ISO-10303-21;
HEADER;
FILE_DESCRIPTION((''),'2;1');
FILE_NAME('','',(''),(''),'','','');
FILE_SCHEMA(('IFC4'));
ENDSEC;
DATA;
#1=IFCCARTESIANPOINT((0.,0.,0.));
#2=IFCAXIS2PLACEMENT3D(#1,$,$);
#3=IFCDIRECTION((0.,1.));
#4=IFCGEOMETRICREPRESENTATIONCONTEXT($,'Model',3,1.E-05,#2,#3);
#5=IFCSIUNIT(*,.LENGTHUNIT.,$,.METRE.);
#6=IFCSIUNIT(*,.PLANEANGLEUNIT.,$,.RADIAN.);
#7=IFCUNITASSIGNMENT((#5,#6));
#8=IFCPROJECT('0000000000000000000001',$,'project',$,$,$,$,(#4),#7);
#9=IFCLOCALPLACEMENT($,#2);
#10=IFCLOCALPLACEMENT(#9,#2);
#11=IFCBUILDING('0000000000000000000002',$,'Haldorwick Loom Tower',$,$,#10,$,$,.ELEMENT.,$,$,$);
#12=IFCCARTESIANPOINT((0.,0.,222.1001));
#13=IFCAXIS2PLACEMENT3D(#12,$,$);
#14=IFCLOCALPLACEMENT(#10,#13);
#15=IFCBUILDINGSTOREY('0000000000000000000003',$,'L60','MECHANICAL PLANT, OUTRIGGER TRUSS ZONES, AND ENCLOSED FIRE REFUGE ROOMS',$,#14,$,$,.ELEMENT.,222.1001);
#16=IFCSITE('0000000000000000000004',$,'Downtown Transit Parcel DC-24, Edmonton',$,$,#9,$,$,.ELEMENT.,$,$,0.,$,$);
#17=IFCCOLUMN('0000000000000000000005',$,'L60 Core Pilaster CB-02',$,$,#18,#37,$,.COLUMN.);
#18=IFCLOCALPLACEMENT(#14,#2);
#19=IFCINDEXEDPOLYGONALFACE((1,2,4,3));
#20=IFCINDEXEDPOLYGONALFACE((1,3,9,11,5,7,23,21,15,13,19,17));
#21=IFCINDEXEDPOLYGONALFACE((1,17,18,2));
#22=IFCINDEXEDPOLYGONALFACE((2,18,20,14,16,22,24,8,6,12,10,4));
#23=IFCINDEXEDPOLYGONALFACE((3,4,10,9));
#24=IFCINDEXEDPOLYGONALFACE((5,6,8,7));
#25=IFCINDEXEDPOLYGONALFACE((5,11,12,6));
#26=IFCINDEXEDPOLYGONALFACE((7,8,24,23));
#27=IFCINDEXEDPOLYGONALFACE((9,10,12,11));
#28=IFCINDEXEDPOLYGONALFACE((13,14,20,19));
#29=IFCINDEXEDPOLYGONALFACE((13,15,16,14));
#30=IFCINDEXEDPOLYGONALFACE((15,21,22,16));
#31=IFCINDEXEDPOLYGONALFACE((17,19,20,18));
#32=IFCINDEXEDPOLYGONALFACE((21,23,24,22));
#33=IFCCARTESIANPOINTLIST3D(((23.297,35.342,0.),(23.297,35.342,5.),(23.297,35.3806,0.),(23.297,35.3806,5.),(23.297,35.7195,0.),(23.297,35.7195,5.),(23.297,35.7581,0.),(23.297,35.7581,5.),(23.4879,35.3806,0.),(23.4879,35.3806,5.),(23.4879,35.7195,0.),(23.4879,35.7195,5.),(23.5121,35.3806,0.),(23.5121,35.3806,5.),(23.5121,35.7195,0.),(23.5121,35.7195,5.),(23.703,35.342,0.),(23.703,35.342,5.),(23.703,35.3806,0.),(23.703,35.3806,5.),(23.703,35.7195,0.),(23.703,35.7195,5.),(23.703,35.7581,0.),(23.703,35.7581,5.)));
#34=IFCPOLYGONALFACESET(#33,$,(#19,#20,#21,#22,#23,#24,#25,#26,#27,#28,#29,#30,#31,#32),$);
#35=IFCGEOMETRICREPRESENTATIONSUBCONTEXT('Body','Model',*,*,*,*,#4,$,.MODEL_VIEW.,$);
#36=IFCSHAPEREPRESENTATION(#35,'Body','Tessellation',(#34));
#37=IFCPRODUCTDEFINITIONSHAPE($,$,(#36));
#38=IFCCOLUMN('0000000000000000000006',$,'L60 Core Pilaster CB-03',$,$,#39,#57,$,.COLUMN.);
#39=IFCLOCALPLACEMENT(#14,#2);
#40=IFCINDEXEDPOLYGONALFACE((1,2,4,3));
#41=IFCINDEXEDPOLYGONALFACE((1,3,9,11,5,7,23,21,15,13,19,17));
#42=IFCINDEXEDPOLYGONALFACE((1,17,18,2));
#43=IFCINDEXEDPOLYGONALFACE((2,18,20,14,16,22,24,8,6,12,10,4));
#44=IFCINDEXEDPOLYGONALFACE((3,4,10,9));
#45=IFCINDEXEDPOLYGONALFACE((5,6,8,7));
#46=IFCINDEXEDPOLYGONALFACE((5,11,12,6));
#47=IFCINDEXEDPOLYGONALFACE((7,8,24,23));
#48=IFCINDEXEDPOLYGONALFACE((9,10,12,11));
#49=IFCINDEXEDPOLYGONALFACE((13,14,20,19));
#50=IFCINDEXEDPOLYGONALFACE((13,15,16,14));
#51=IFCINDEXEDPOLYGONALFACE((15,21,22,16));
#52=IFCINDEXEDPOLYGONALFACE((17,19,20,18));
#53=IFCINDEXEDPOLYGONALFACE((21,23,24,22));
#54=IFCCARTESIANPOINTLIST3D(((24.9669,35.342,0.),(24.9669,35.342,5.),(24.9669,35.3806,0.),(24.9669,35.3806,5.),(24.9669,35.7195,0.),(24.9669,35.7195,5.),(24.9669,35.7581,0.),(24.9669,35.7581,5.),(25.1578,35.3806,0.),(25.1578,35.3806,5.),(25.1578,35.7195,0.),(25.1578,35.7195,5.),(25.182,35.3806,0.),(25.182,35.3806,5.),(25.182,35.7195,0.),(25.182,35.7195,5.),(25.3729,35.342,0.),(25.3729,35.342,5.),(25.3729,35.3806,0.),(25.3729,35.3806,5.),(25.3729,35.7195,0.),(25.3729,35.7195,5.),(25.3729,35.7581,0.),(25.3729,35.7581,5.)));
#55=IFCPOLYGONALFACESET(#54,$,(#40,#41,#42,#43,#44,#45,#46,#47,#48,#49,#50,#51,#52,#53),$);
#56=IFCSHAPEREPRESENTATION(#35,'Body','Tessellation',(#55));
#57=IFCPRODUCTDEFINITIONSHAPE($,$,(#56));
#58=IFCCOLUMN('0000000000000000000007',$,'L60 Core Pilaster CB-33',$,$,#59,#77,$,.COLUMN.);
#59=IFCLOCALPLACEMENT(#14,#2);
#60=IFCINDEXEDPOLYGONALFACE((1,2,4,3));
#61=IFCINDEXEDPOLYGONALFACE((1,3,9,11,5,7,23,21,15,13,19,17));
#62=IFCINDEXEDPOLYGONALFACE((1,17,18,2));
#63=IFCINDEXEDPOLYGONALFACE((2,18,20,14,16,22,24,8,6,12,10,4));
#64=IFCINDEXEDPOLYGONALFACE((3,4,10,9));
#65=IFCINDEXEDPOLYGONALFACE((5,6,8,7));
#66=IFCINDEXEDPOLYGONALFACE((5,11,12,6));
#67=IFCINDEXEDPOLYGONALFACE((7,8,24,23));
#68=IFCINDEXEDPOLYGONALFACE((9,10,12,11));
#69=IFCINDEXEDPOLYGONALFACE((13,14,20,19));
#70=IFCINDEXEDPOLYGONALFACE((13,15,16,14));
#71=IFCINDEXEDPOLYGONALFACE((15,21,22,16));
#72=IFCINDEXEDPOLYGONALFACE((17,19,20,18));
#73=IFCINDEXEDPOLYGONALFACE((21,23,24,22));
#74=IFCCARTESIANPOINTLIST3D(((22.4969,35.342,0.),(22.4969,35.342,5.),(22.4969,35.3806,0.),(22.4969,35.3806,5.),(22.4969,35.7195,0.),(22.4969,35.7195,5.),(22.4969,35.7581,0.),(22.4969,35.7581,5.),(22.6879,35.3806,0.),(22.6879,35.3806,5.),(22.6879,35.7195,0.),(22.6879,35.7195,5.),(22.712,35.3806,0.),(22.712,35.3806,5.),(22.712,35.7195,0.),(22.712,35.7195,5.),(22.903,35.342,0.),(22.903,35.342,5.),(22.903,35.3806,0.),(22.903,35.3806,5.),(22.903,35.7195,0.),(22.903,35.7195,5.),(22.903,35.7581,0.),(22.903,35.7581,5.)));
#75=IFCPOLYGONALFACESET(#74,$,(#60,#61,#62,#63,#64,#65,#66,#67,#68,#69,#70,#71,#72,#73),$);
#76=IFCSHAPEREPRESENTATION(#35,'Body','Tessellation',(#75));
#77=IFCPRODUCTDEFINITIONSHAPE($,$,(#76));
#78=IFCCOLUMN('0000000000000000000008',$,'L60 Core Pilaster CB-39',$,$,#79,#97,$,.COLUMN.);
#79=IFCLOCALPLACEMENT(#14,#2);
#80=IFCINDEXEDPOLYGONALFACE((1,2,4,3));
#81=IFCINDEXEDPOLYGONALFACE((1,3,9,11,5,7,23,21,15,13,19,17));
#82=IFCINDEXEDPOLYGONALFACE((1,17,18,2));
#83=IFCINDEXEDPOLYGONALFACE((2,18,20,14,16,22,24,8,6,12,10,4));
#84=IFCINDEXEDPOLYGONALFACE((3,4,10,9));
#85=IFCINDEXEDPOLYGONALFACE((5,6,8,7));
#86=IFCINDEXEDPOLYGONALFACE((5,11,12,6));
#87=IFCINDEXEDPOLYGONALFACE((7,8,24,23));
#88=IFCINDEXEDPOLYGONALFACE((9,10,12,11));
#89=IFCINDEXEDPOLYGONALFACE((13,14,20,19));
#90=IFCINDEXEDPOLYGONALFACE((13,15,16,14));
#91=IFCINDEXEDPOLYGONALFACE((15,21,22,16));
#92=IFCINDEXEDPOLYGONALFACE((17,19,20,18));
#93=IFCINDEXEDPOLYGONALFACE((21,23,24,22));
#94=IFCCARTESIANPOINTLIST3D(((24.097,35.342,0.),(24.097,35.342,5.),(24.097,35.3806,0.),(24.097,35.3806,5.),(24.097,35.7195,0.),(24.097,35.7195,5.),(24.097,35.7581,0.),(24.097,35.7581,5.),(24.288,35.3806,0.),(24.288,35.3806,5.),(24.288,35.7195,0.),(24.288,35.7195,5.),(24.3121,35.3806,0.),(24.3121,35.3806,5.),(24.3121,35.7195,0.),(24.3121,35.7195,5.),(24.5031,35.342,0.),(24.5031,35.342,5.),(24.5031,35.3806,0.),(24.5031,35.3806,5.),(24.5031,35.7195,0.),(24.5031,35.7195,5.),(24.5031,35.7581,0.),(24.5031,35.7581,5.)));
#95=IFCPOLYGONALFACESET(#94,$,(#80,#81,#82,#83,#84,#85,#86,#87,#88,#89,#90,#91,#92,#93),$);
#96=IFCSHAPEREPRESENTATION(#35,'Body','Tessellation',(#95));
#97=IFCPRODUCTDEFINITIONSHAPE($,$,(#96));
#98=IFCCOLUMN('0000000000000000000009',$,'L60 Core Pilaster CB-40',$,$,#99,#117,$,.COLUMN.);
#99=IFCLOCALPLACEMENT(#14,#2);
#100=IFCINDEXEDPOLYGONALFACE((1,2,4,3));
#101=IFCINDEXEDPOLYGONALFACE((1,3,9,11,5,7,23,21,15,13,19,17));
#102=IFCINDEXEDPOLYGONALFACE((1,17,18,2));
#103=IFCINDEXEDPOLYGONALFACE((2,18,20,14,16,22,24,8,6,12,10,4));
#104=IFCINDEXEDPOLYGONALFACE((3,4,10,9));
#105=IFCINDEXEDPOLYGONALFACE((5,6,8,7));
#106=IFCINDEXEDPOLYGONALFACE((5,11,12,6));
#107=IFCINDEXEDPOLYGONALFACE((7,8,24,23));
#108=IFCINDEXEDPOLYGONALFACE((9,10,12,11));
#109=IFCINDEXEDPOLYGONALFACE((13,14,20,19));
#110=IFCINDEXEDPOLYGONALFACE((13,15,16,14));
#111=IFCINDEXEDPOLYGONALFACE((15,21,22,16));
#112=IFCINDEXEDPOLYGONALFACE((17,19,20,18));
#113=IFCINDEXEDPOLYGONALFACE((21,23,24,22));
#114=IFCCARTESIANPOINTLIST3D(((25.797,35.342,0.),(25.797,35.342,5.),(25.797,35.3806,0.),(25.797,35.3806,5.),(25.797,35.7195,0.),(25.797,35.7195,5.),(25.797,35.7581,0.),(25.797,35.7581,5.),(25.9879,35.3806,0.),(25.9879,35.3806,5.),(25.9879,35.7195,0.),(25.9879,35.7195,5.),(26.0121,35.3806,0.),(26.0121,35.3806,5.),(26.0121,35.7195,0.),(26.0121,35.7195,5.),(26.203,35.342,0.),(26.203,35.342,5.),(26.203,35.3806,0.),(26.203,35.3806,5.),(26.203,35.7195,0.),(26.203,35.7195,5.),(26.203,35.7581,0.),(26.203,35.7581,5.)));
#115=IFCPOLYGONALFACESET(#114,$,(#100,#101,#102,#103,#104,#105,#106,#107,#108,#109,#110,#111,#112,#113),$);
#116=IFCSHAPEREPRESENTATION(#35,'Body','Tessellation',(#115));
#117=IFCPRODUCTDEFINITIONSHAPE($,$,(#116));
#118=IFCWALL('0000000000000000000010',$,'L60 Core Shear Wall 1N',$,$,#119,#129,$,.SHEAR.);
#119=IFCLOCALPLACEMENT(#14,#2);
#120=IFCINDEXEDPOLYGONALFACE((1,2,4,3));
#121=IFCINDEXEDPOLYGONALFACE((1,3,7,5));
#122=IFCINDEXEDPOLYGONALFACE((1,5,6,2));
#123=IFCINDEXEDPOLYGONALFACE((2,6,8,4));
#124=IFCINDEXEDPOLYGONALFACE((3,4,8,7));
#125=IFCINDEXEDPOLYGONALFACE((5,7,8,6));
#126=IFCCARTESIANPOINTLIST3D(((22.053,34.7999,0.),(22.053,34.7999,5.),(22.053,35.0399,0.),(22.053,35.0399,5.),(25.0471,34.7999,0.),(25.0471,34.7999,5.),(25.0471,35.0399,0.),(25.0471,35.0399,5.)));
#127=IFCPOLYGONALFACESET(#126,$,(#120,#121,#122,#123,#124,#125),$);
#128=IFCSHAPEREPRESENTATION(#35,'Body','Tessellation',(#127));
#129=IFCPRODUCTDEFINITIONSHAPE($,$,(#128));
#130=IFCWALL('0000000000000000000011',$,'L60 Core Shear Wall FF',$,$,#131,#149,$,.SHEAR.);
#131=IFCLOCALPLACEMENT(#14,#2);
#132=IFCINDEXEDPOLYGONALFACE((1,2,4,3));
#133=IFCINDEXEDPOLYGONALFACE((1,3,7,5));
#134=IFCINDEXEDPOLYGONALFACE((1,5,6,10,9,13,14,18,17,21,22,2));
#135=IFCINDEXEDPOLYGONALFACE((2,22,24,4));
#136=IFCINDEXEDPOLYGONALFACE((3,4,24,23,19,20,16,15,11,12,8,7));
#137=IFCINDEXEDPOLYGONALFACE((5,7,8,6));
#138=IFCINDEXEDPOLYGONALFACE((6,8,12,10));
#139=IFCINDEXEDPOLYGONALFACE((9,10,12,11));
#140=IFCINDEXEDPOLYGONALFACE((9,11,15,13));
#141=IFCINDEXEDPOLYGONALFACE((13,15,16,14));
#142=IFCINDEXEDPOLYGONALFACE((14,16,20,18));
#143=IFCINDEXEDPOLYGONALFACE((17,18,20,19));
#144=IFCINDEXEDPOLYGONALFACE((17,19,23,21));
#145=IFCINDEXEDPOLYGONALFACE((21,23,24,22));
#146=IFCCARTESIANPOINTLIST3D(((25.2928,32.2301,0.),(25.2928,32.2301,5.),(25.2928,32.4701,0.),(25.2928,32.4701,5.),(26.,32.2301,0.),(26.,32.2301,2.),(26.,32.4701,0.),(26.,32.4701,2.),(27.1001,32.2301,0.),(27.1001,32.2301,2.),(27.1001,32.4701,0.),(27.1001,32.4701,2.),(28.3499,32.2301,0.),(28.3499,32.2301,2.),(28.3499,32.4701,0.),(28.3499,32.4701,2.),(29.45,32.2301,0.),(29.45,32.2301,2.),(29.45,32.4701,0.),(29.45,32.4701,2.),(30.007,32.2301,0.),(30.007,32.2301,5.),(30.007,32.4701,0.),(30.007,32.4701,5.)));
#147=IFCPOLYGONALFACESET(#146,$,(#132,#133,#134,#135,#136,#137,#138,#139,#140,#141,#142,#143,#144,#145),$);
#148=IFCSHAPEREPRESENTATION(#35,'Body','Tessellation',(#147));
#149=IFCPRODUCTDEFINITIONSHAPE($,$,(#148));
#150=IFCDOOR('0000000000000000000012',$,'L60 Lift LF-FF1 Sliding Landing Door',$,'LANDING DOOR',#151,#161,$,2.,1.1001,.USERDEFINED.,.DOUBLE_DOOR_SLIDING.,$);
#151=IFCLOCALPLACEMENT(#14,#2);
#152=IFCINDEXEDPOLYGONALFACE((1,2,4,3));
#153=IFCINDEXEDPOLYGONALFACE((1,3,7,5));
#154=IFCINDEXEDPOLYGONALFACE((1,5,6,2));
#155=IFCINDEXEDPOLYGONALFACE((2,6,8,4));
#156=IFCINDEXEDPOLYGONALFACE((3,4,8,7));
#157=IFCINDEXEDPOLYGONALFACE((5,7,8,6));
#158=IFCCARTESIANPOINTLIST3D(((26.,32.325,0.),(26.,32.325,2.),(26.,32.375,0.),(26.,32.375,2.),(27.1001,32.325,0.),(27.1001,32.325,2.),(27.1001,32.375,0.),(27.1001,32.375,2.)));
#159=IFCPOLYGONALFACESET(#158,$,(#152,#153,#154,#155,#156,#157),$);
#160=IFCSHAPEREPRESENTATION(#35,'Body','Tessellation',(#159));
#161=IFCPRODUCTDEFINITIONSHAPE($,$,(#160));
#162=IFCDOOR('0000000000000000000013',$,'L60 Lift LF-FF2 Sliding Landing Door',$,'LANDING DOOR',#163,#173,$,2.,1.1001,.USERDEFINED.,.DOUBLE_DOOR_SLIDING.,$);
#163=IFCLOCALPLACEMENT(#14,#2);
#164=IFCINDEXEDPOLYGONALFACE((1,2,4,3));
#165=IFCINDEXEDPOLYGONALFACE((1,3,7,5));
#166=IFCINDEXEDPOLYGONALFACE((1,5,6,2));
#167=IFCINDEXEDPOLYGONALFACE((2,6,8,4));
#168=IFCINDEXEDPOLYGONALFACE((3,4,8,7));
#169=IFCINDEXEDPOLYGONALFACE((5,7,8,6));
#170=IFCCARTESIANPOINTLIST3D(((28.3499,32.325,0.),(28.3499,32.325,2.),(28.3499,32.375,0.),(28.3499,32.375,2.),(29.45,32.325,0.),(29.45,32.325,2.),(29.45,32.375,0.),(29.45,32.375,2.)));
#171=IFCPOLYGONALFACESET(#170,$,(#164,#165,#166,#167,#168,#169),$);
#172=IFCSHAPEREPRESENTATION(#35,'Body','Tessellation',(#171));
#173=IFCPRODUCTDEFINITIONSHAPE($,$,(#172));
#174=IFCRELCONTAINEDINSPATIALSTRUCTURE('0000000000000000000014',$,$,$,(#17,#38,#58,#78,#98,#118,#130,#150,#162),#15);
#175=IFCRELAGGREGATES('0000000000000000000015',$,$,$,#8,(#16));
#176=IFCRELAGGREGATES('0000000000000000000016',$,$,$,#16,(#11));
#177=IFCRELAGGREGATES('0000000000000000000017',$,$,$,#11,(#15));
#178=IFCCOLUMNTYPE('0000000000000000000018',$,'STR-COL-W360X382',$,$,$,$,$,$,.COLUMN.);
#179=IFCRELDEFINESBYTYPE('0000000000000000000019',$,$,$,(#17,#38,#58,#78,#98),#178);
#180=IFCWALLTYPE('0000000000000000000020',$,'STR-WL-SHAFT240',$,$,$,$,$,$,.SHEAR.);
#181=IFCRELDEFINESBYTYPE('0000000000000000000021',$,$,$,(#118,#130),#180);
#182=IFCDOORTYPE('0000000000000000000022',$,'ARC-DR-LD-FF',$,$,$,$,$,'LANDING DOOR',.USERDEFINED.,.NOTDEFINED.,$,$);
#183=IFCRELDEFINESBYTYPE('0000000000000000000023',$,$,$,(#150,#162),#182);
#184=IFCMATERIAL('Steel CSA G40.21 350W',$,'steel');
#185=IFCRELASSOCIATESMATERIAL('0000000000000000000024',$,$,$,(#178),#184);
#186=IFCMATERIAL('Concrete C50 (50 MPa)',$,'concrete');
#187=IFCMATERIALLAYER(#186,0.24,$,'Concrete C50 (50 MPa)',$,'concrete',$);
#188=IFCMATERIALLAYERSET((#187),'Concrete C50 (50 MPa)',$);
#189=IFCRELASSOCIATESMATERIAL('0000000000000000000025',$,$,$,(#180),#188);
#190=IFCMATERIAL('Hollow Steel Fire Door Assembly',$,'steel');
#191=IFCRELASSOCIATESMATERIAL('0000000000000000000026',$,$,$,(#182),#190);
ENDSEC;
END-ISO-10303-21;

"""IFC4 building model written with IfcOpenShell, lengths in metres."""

from ifc_helpers import new_model, si_unit, direction, frame, frame_2d, origin, origin_2d, place, context, subcontext, project, spatial, rectangle, i_section, extrude, material, layer, layer_set, material_profile, profile_set, type_object, element, fill, save


model = new_model("IFC4")

# Units and contexts
model_context = context("Model", 3, precision=1e-05, world=origin(), true_north=direction((0.0, 1.0)))
body_context = subcontext(model_context, "Body", "Model", "MODEL_VIEW")
ifc_project = project(units=[si_unit("LENGTHUNIT", "METRE"), si_unit("PLANEANGLEUNIT", "RADIAN")], contexts=[model_context])

# Site, building, storey
site_placement = place(None, origin())
site = spatial("IfcSite", under=ifc_project, at=site_placement, Name="Downtown Transit Parcel DC-24, Edmonton", CompositionType="ELEMENT", RefElevation=0.0)
building_placement = place(site_placement, origin())
building = spatial("IfcBuilding", under=site, at=building_placement, Name="Haldorwick Loom Tower", CompositionType="ELEMENT")
storey_placement = place(building_placement, frame((0.0, 0.0, 222.1001)))
storey = spatial("IfcBuildingStorey", under=building, at=storey_placement, Name="L60", Description="MECHANICAL PLANT, OUTRIGGER TRUSS ZONES, AND ENCLOSED FIRE REFUGE ROOMS", CompositionType="ELEMENT", Elevation=222.1001)

# Columns
ifc_material_1 = material(Name="Steel CSA G40.21 350W", Category="steel")
ifc_material_profile = material_profile(ifc_material_1, i_section(OverallWidth=0.406, OverallDepth=0.416, WebThickness=0.0242, FlangeThickness=0.0386, at=origin_2d()), Name="W360X382", Category="steel")
ifc_profile_set = profile_set([ifc_material_profile], Name="Steel CSA G40.21 350W")
column_type = type_object("IfcColumnType", Name="STR-COL-W360X382", PredefinedType="COLUMN", material=ifc_profile_set)
for number, where, z_axis, x_axis, name in (
    (1, (23.5, 35.55, 0.0), (0.0, 0.0, 1.0), (1.0, 0.0, 0.0), "L60 Core Pilaster CB-02"),
    (2, (25.1699, 35.55, 0.0), (0.0, 0.0, 1.0), (1.0, 0.0, 0.0), "L60 Core Pilaster CB-03"),
    (3, (22.7, 35.55, 0.0), (0.0, 0.0, 1.0), (1.0, 0.0, 0.0), "L60 Core Pilaster CB-33"),
    (4, (24.3, 35.55, 0.0), (0.0, 0.0, 1.0), (1.0, 0.0, 0.0), "L60 Core Pilaster CB-39"),
    (5, (26.0, 35.55, 0.0), (0.0, 0.0, 1.0), (1.0, 0.0, 0.0), "L60 Core Pilaster CB-40"),
):
    element("IfcColumn", number, at=place(storey_placement, frame(where, z_axis=z_axis, x_axis=x_axis)), inside=storey, type_object=column_type, Name=name, PredefinedType="COLUMN", context=body_context, shape_type="SweptSolid", body=[
        extrude(i_section(OverallWidth=0.406, OverallDepth=0.416, WebThickness=0.0242, FlangeThickness=0.0386, at=origin_2d()), origin(), (0.0, 0.0, 1.0), 5.0),
    ])

# Wall
ifc_material_2 = material(Name="Concrete C50 (50 MPa)", Category="concrete")
ifc_layer = layer(ifc_material_2, 0.24, Name="Concrete C50 (50 MPa)", Category="concrete")
ifc_layer_set = layer_set([ifc_layer], Name="Concrete C50 (50 MPa)")
wall_type = type_object("IfcWallType", Name="STR-WL-SHAFT240", PredefinedType="SHEAR", material=ifc_layer_set)
wall_1_placement = place(storey_placement, frame((22.053, 34.9199, 0.0), z_axis=(0.0, 0.0, 1.0), x_axis=(1.0, 0.0, 0.0)))
element("IfcWall", 6, at=wall_1_placement, inside=storey, type_object=wall_type, Name="L60 Core Shear Wall 1N", PredefinedType="SHEAR", context=body_context, shape_type="SweptSolid", body=[
    extrude(rectangle(XDim=2.9941, YDim=0.24, at=frame_2d((1.4971, 0.0))), origin(), (0.0, 0.0, 1.0), 5.0),
])

# Wall, openings, doors
wall_2_placement = place(storey_placement, frame((25.293, 32.3501, 0.0), z_axis=(0.0, 0.0, 1.0), x_axis=(1.0, 0.0, 0.0)))
wall_2 = element("IfcWall", 7, at=wall_2_placement, inside=storey, type_object=wall_type, Name="L60 Core Shear Wall FF", PredefinedType="SHEAR", context=body_context, shape_type="SweptSolid", body=[
    extrude(rectangle(XDim=4.7141, YDim=0.24, at=frame_2d((2.3569, 0.0))), origin(), (0.0, 0.0, 1.0), 5.0),
])
opening_1_placement = place(wall_2_placement, frame((0.707, 0.0, 0.0)))
opening_1 = element("IfcOpeningElement", 8, at=opening_1_placement, cuts=wall_2, PredefinedType="OPENING", context=body_context, shape_type="SweptSolid", body=[
    extrude(rectangle(XDim=1.1001, YDim=2.0, at=frame_2d((0.55, 1.0))), frame((0.0, 0.1299, 0.0), z_axis=(0.0, -1.0, 0.0), x_axis=(1.0, 0.0, 0.0)), (0.0, 0.0, 1.0), 0.26),
])
opening_2_placement = place(wall_2_placement, frame((3.0569, 0.0, 0.0)))
opening_2 = element("IfcOpeningElement", 9, at=opening_2_placement, cuts=wall_2, PredefinedType="OPENING", context=body_context, shape_type="SweptSolid", body=[
    extrude(rectangle(XDim=1.1001, YDim=2.0, at=frame_2d((0.55, 1.0))), frame((0.0, 0.1299, 0.0), z_axis=(0.0, -1.0, 0.0), x_axis=(1.0, 0.0, 0.0)), (0.0, 0.0, 1.0), 0.26),
])
ifc_material_3 = material(Name="Hollow Steel Fire Door Assembly", Category="steel")
door_type = type_object("IfcDoorType", Name="ARC-DR-LD-FF", ElementType="LANDING DOOR", OperationType="NOTDEFINED", PredefinedType="USERDEFINED", material=ifc_material_3)
door_1_placement = place(opening_1_placement, origin())
door_1 = element("IfcDoor", 10, at=door_1_placement, inside=storey, type_object=door_type, Name="L60 Lift LF-FF1 Sliding Landing Door", ObjectType="LANDING DOOR", OperationType="DOUBLE_DOOR_SLIDING", OverallHeight=2.0, OverallWidth=1.1001, PredefinedType="USERDEFINED", context=body_context, shape_type="SweptSolid", body=[
    extrude(rectangle(XDim=1.1001, YDim=2.0, at=frame_2d((0.55, 1.0))), frame((0.0, 0.0249, 0.0), z_axis=(0.0, -1.0, 0.0), x_axis=(1.0, 0.0, 0.0)), (0.0, 0.0, 1.0), 0.05),
])
fill(opening_1, door_1)
door_2_placement = place(opening_2_placement, origin())
door_2 = element("IfcDoor", 11, at=door_2_placement, inside=storey, type_object=door_type, Name="L60 Lift LF-FF2 Sliding Landing Door", ObjectType="LANDING DOOR", OperationType="DOUBLE_DOOR_SLIDING", OverallHeight=2.0, OverallWidth=1.1001, PredefinedType="USERDEFINED", context=body_context, shape_type="SweptSolid", body=[
    extrude(rectangle(XDim=1.1001, YDim=2.0, at=frame_2d((0.55, 1.0))), frame((0.0, 0.0249, 0.0), z_axis=(0.0, -1.0, 0.0), x_axis=(1.0, 0.0, 0.0)), (0.0, 0.0, 1.0), 0.05),
])
fill(opening_2, door_2)

save(model, "model.ifc")
